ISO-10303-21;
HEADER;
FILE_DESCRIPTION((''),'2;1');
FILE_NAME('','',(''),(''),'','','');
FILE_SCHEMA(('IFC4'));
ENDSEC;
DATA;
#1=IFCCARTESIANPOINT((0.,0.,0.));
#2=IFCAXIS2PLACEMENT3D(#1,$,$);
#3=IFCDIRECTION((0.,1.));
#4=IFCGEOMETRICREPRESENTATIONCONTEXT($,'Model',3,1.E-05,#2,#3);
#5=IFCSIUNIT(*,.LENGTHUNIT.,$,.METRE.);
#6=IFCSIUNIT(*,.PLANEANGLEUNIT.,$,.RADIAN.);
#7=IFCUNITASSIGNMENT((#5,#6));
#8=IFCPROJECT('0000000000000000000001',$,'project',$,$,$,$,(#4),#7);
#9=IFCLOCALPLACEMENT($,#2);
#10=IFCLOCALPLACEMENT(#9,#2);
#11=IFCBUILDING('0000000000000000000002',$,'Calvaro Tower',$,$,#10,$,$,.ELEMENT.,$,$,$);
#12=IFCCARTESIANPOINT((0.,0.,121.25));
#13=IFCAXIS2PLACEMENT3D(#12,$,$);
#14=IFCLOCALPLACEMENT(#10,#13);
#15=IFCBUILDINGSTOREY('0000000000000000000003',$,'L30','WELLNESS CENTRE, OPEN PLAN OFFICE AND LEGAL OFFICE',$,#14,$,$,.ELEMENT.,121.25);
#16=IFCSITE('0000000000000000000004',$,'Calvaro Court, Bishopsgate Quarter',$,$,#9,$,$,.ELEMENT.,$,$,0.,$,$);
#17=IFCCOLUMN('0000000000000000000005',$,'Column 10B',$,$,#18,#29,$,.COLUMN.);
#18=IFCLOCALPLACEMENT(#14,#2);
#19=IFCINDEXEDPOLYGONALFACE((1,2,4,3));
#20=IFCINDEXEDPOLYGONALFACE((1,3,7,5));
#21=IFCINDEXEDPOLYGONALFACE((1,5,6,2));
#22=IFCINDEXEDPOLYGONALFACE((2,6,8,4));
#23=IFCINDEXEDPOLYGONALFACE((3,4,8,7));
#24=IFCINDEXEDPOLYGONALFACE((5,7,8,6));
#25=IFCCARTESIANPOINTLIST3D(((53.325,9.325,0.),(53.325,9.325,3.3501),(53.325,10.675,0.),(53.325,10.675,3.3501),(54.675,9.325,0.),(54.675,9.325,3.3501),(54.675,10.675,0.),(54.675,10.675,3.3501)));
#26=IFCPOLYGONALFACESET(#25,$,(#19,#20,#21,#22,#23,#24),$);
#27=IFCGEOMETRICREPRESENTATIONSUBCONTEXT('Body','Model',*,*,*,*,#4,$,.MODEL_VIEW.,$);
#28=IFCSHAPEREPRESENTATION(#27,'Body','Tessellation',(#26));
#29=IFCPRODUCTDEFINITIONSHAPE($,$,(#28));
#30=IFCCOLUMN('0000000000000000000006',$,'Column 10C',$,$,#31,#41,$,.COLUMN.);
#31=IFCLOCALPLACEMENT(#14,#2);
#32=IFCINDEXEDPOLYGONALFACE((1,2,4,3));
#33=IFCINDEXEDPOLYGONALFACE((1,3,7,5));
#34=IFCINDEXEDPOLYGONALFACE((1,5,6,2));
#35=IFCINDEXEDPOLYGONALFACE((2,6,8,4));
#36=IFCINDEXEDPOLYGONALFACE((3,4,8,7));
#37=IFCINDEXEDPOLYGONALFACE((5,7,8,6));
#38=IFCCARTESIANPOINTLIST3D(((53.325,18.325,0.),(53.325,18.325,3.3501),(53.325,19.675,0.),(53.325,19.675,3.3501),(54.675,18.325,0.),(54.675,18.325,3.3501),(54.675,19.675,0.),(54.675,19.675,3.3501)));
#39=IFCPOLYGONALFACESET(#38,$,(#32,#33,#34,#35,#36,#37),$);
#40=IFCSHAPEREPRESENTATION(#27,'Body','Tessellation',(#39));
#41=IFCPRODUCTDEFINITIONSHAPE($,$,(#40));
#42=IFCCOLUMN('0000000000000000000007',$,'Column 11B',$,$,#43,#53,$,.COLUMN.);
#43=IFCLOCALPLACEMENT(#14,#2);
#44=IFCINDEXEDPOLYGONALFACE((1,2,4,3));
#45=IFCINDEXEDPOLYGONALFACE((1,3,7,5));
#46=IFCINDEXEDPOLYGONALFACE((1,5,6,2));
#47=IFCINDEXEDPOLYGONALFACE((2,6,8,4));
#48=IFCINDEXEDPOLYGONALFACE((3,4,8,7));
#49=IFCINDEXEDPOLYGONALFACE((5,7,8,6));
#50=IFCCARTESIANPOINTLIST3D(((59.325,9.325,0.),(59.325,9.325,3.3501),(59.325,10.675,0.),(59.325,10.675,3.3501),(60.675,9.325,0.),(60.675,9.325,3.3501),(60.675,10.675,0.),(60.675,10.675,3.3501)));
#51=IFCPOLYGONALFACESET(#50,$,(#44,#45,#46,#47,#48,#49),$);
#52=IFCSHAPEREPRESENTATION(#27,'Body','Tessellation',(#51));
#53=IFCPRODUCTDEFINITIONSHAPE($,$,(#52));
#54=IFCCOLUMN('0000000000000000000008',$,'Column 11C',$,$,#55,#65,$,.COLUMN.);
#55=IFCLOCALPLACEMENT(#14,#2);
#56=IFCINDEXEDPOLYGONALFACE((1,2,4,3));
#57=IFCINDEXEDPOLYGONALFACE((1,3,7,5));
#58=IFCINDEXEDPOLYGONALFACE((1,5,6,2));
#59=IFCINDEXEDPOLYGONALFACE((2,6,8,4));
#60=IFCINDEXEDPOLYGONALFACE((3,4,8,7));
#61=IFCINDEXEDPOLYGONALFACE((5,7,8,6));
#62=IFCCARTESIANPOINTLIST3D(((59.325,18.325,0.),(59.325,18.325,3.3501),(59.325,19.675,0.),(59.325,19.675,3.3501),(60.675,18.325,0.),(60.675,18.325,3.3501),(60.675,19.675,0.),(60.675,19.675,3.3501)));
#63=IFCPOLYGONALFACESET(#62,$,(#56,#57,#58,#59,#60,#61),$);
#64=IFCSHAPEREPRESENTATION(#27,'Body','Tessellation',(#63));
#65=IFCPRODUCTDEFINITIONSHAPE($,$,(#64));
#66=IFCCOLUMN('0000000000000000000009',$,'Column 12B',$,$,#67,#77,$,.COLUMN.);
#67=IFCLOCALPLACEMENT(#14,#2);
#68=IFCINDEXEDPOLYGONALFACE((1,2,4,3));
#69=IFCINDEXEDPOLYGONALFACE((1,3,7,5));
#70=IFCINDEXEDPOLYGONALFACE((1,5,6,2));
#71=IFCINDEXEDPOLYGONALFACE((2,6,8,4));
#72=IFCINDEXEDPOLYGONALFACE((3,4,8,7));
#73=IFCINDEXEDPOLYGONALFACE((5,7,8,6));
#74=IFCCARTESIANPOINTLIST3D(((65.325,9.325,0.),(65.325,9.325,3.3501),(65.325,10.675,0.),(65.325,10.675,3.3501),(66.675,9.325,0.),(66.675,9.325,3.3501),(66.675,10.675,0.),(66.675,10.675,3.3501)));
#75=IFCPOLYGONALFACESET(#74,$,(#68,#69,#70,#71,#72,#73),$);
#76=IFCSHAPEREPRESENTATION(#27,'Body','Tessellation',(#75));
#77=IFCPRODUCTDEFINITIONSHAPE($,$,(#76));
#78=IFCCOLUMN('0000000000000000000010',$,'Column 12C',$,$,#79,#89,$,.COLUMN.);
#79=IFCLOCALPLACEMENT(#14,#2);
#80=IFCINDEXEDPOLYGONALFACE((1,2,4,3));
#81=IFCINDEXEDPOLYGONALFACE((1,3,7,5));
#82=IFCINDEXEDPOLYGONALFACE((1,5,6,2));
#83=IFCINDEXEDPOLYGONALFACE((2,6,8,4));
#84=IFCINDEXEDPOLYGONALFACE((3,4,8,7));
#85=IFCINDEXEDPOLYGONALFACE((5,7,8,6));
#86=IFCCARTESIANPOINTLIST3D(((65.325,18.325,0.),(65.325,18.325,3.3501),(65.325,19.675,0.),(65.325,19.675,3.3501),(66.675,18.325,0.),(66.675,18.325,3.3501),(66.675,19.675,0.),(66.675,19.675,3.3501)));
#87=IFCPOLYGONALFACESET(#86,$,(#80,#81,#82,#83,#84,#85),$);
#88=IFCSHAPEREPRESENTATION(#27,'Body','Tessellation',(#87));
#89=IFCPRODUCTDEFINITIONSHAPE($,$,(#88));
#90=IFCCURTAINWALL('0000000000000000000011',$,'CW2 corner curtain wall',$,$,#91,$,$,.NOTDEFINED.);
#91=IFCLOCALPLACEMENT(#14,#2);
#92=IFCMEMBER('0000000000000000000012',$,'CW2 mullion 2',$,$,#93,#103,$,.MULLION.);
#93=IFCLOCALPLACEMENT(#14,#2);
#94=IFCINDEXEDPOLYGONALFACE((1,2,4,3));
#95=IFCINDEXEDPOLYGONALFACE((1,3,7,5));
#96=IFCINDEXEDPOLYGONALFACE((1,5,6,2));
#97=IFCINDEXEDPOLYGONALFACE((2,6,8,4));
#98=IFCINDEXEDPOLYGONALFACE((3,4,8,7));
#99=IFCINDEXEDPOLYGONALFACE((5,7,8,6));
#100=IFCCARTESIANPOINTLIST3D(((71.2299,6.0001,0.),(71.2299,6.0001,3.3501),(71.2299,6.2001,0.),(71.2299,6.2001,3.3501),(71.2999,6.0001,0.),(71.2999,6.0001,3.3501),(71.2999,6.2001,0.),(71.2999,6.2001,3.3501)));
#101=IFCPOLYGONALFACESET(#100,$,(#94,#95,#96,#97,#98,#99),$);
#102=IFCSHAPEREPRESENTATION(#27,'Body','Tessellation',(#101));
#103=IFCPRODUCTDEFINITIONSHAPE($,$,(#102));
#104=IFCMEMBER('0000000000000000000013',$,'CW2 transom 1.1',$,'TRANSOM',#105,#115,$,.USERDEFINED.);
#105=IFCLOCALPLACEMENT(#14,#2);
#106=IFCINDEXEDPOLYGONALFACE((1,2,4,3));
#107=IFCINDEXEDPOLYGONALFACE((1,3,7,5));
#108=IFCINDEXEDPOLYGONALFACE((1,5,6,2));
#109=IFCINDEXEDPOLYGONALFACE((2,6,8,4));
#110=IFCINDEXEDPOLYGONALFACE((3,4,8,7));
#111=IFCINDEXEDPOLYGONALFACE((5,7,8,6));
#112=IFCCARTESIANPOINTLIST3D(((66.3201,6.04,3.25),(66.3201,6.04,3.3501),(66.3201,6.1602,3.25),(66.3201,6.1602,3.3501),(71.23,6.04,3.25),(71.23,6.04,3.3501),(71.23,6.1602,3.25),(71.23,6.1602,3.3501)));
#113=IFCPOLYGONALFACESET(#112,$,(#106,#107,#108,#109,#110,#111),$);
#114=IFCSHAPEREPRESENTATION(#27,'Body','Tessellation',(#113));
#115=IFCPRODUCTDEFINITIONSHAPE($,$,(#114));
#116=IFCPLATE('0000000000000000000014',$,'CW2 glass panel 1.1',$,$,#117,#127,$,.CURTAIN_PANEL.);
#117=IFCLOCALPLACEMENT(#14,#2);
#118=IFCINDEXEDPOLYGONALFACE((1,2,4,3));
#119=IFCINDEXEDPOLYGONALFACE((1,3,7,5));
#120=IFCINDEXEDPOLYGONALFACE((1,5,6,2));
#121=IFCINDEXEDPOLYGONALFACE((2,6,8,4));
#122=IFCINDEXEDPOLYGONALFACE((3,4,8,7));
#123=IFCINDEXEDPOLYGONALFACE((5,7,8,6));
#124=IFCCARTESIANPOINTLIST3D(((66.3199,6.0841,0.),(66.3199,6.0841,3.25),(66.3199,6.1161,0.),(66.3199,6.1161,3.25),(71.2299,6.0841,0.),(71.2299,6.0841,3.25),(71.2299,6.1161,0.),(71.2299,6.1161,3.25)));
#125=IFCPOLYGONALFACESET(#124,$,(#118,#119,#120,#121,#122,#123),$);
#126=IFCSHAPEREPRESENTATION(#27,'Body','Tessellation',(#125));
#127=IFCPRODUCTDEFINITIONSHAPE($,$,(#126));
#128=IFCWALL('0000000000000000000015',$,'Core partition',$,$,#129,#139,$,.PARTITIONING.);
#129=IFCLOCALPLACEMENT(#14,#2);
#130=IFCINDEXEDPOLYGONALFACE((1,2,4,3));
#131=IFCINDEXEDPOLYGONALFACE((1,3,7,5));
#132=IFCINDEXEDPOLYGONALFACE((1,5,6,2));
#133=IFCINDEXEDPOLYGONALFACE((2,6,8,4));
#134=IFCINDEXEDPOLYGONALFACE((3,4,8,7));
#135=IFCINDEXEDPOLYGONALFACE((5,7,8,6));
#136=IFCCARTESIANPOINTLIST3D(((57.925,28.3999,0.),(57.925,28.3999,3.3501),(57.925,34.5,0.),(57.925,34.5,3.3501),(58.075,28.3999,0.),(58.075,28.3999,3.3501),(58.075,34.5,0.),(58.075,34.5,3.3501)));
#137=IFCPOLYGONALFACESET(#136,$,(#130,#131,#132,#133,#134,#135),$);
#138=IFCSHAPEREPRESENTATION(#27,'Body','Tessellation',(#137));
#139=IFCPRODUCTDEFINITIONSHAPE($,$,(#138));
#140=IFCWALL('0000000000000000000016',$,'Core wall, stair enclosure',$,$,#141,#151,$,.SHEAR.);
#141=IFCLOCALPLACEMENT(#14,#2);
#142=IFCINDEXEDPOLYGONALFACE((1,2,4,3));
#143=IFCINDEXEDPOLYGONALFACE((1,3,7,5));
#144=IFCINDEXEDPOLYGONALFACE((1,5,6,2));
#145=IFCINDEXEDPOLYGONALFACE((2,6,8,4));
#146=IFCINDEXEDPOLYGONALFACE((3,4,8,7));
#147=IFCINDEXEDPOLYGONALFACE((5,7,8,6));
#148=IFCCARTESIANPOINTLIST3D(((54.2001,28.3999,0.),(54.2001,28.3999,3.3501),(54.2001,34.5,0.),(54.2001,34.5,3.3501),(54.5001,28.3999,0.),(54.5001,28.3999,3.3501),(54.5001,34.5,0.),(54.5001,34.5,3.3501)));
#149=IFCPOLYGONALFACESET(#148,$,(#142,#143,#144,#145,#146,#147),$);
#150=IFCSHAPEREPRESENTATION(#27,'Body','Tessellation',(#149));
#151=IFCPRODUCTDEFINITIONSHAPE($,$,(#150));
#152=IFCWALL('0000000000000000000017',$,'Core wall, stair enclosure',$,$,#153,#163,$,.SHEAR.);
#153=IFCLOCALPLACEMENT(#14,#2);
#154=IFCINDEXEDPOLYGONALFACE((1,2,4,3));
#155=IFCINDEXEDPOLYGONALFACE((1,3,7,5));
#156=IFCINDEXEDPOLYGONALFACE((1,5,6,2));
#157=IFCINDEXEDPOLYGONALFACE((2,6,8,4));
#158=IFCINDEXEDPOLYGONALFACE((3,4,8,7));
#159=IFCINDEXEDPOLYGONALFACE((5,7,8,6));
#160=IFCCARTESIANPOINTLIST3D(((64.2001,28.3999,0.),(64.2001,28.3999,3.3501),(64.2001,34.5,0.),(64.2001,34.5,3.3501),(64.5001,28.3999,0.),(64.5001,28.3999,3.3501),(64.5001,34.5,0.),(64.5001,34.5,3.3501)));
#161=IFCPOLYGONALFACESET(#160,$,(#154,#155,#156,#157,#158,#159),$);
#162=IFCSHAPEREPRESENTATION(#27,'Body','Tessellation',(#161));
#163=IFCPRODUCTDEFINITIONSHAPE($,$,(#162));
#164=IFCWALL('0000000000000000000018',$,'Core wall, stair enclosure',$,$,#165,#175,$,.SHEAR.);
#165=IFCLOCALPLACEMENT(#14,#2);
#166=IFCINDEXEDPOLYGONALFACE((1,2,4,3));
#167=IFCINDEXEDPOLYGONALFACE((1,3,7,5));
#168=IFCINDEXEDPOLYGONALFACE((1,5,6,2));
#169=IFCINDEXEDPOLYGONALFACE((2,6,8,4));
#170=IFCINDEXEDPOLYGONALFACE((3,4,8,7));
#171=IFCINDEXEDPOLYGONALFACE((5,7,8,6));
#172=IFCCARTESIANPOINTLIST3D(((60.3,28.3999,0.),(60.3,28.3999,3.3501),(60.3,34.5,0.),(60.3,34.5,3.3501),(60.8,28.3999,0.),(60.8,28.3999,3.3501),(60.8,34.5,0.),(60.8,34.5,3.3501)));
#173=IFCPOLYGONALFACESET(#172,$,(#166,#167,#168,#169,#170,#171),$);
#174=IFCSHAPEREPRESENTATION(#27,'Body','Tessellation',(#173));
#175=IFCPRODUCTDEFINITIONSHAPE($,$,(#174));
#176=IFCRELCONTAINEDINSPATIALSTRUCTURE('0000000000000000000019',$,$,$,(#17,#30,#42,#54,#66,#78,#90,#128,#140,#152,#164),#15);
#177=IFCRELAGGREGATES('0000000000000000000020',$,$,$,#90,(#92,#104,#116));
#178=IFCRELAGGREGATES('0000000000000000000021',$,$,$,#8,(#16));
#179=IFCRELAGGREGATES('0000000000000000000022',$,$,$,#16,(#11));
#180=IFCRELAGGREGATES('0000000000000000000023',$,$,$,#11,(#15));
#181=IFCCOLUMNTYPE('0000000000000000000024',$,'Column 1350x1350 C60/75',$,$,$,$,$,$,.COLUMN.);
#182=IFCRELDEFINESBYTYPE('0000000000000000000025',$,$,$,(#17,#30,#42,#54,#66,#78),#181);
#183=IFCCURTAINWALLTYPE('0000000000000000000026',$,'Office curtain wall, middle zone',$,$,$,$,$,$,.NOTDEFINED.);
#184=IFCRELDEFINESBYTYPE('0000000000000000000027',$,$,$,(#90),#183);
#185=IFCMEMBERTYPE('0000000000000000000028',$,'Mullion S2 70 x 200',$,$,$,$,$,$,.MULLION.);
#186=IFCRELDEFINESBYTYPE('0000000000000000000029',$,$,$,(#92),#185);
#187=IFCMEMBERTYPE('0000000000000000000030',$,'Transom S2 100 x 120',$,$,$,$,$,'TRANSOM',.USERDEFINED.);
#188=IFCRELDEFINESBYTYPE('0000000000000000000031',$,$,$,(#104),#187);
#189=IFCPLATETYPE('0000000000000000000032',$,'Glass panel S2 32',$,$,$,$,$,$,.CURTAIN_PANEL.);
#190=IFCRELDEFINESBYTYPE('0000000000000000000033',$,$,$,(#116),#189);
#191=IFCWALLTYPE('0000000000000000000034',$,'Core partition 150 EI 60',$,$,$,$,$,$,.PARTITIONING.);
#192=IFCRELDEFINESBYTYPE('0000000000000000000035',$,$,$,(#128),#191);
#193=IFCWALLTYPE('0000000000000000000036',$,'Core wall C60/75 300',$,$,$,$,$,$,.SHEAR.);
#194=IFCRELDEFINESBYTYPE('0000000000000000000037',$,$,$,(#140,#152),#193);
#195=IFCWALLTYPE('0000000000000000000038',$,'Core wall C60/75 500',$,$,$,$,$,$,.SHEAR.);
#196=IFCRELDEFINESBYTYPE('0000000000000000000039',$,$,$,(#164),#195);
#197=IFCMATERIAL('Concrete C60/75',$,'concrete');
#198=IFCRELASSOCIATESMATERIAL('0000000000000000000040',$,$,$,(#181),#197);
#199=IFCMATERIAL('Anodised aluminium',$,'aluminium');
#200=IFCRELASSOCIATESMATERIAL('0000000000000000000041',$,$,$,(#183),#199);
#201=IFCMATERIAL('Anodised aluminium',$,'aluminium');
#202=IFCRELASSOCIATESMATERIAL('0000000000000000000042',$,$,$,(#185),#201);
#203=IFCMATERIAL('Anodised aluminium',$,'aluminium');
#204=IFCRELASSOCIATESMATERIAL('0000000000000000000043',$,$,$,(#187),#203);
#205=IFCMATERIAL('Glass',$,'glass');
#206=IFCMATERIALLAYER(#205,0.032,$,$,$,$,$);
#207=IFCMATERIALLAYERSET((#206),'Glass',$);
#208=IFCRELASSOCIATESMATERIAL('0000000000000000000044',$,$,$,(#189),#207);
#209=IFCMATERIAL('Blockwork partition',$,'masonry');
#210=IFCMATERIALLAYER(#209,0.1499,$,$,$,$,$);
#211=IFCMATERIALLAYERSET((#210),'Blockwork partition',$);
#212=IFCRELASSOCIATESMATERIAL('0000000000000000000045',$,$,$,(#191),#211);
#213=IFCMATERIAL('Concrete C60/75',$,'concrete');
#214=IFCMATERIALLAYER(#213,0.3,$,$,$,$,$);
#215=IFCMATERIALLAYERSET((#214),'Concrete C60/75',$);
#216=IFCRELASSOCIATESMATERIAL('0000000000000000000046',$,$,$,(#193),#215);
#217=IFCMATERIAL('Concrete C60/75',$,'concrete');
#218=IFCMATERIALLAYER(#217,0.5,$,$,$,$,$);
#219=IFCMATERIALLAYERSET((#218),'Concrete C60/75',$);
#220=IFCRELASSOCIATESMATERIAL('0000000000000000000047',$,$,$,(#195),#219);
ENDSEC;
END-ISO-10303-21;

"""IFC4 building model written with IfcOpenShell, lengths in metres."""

from ifc_helpers import new_model, si_unit, direction, frame, frame_2d, origin, origin_2d, place, context, subcontext, project, spatial, rectangle, extrude, material, layer, layer_set, material_profile, profile_set, type_object, element, aggregate, save


model = new_model("IFC4")

# Units and contexts
model_context = context("Model", 3, precision=1e-05, world=origin(), true_north=direction((0.0, 1.0)))
body_context = subcontext(model_context, "Body", "Model", "MODEL_VIEW")
ifc_project = project(units=[si_unit("LENGTHUNIT", "METRE"), si_unit("PLANEANGLEUNIT", "RADIAN")], contexts=[model_context])

# Site, building, storey
site_placement = place(None, origin())
site = spatial("IfcSite", under=ifc_project, at=site_placement, Name="Calvaro Court, Bishopsgate Quarter", CompositionType="ELEMENT", RefElevation=0.0)
building_placement = place(site_placement, origin())
building = spatial("IfcBuilding", under=site, at=building_placement, Name="Calvaro Tower", CompositionType="ELEMENT")
storey_placement = place(building_placement, frame((0.0, 0.0, 121.25)))
storey = spatial("IfcBuildingStorey", under=building, at=storey_placement, Name="L30", Description="WELLNESS CENTRE, OPEN PLAN OFFICE AND LEGAL OFFICE", CompositionType="ELEMENT", Elevation=121.25)

# Columns
ifc_material_1 = material(Name="Concrete C60/75", Category="concrete")
ifc_material_profile_1 = material_profile(ifc_material_1, rectangle(XDim=1.3501, YDim=1.3501, at=origin_2d()), Name="RC 1350x1350")
ifc_profile_set_1 = profile_set([ifc_material_profile_1], Name="Concrete C60/75")
column_type = type_object("IfcColumnType", Name="Column 1350x1350 C60/75", PredefinedType="COLUMN", material=ifc_profile_set_1)
for number, where, z_axis, x_axis, name in (
    (1, (54.0, 10.0, 0.0), (0.0, 0.0, 1.0), (1.0, 0.0, 0.0), "Column 10B"),
    (2, (54.0, 19.0, 0.0), (0.0, 0.0, 1.0), (1.0, 0.0, 0.0), "Column 10C"),
    (3, (60.0, 10.0, 0.0), (0.0, 0.0, 1.0), (1.0, 0.0, 0.0), "Column 11B"),
    (4, (60.0, 19.0, 0.0), (0.0, 0.0, 1.0), (1.0, 0.0, 0.0), "Column 11C"),
    (5, (66.0, 10.0, 0.0), (0.0, 0.0, 1.0), (1.0, 0.0, 0.0), "Column 12B"),
    (6, (66.0, 19.0, 0.0), (0.0, 0.0, 1.0), (1.0, 0.0, 0.0), "Column 12C"),
):
    element("IfcColumn", number, at=place(storey_placement, frame(where, z_axis=z_axis, x_axis=x_axis)), inside=storey, type_object=column_type, Name=name, PredefinedType="COLUMN", context=body_context, shape_type="SweptSolid", body=[
        extrude(rectangle(XDim=1.3501, YDim=1.3501, at=origin_2d()), origin(), (0.0, 0.0, 1.0), 3.3501),
    ])

# Curtain wall, members, plate
ifc_material_2 = material(Name="Anodised aluminium", Category="aluminium")
curtain_wall_type = type_object("IfcCurtainWallType", Name="Office curtain wall, middle zone", PredefinedType="NOTDEFINED", material=ifc_material_2)
curtain_wall_placement = place(storey_placement, origin())
curtain_wall = element("IfcCurtainWall", 7, at=curtain_wall_placement, inside=storey, type_object=curtain_wall_type, Name="CW2 corner curtain wall", PredefinedType="NOTDEFINED")
ifc_material_3 = material(Name="Anodised aluminium", Category="aluminium")
ifc_material_profile_2 = material_profile(ifc_material_3, rectangle(XDim=0.2, YDim=0.0701, at=origin_2d()), Name="Mullion S2 70 x 200")
ifc_profile_set_2 = profile_set([ifc_material_profile_2], Name="Anodised aluminium")
member_type_1 = type_object("IfcMemberType", Name="Mullion S2 70 x 200", PredefinedType="MULLION", material=ifc_profile_set_2)
member_1_placement = place(storey_placement, frame((71.2649, 6.1001, 0.0), z_axis=(0.0, 0.0, 1.0), x_axis=(0.0, 1.0, 0.0)))
member_1 = element("IfcMember", 8, at=member_1_placement, type_object=member_type_1, Name="CW2 mullion 2", PredefinedType="MULLION", context=body_context, shape_type="SweptSolid", body=[
    extrude(rectangle(XDim=0.2, YDim=0.0701, at=origin_2d()), origin(), (0.0, 0.0, 1.0), 3.3501),
])
ifc_material_4 = material(Name="Anodised aluminium", Category="aluminium")
ifc_material_profile_3 = material_profile(ifc_material_4, rectangle(XDim=0.1201, YDim=0.1001, at=origin_2d()), Name="Transom S2 100 x 120")
ifc_profile_set_3 = profile_set([ifc_material_profile_3], Name="Anodised aluminium")
member_type_2 = type_object("IfcMemberType", Name="Transom S2 100 x 120", ElementType="TRANSOM", PredefinedType="USERDEFINED", material=ifc_profile_set_3)
member_2_placement = place(storey_placement, frame((66.3201, 6.1001, 3.3), z_axis=(1.0, 0.0, 0.0), x_axis=(0.0, 1.0, 0.0)))
member_2 = element("IfcMember", 9, at=member_2_placement, type_object=member_type_2, Name="CW2 transom 1.1", ObjectType="TRANSOM", PredefinedType="USERDEFINED", context=body_context, shape_type="SweptSolid", body=[
    extrude(rectangle(XDim=0.1201, YDim=0.1001, at=origin_2d()), origin(), (0.0, 0.0, 1.0), 4.9099),
])
ifc_material_5 = material(Name="Glass", Category="glass")
ifc_layer_1 = layer(ifc_material_5, 0.032)
ifc_layer_set_1 = layer_set([ifc_layer_1], Name="Glass")
plate_type = type_object("IfcPlateType", Name="Glass panel S2 32", PredefinedType="CURTAIN_PANEL", material=ifc_layer_set_1)
plate_placement = place(storey_placement, frame((68.7749, 6.1001, 0.0), z_axis=(0.0, 0.0, 1.0), x_axis=(1.0, 0.0, 0.0)))
plate = element("IfcPlate", 10, at=plate_placement, type_object=plate_type, Name="CW2 glass panel 1.1", PredefinedType="CURTAIN_PANEL", context=body_context, shape_type="SweptSolid", body=[
    extrude(rectangle(XDim=4.9099, YDim=0.032, at=origin_2d()), origin(), (0.0, 0.0, 1.0), 3.25),
])
aggregate(curtain_wall, [member_1, member_2, plate])

# Walls
ifc_material_6 = material(Name="Blockwork partition", Category="masonry")
ifc_layer_2 = layer(ifc_material_6, 0.1499)
ifc_layer_set_2 = layer_set([ifc_layer_2], Name="Blockwork partition")
wall_type_1 = type_object("IfcWallType", Name="Core partition 150 EI 60", PredefinedType="PARTITIONING", material=ifc_layer_set_2)
wall_1_placement = place(storey_placement, frame((58.0, 28.3999, 0.0), z_axis=(0.0, 0.0, 1.0), x_axis=(0.0, 1.0, 0.0)))
element("IfcWall", 11, at=wall_1_placement, inside=storey, type_object=wall_type_1, Name="Core partition", PredefinedType="PARTITIONING", context=body_context, shape_type="SweptSolid", body=[
    extrude(rectangle(XDim=6.1001, YDim=0.1499, at=frame_2d((3.05, 0.0))), origin(), (0.0, 0.0, 1.0), 3.3501),
])
ifc_material_7 = material(Name="Concrete C60/75", Category="concrete")
ifc_layer_3 = layer(ifc_material_7, 0.3)
ifc_layer_set_3 = layer_set([ifc_layer_3], Name="Concrete C60/75")
wall_type_2 = type_object("IfcWallType", Name="Core wall C60/75 300", PredefinedType="SHEAR", material=ifc_layer_set_3)
for number, where, z_axis, x_axis, name in (
    (12, (54.3501, 28.3999, 0.0), (0.0, 0.0, 1.0), (0.0, 1.0, 0.0), "Core wall, stair enclosure"),
    (13, (64.3501, 28.3999, 0.0), (0.0, 0.0, 1.0), (0.0, 1.0, 0.0), "Core wall, stair enclosure"),
):
    element("IfcWall", number, at=place(storey_placement, frame(where, z_axis=z_axis, x_axis=x_axis)), inside=storey, type_object=wall_type_2, Name=name, PredefinedType="SHEAR", context=body_context, shape_type="SweptSolid", body=[
        extrude(rectangle(XDim=6.1001, YDim=0.3, at=frame_2d((3.05, 0.0))), origin(), (0.0, 0.0, 1.0), 3.3501),
    ])
ifc_material_8 = material(Name="Concrete C60/75", Category="concrete")
ifc_layer_4 = layer(ifc_material_8, 0.5)
ifc_layer_set_4 = layer_set([ifc_layer_4], Name="Concrete C60/75")
wall_type_3 = type_object("IfcWallType", Name="Core wall C60/75 500", PredefinedType="SHEAR", material=ifc_layer_set_4)
wall_2_placement = place(storey_placement, frame((60.55, 28.3999, 0.0), z_axis=(0.0, 0.0, 1.0), x_axis=(0.0, 1.0, 0.0)))
element("IfcWall", 14, at=wall_2_placement, inside=storey, type_object=wall_type_3, Name="Core wall, stair enclosure", PredefinedType="SHEAR", context=body_context, shape_type="SweptSolid", body=[
    extrude(rectangle(XDim=6.1001, YDim=0.5, at=frame_2d((3.05, 0.0))), origin(), (0.0, 0.0, 1.0), 3.3501),
])

save(model, "model.ifc")
